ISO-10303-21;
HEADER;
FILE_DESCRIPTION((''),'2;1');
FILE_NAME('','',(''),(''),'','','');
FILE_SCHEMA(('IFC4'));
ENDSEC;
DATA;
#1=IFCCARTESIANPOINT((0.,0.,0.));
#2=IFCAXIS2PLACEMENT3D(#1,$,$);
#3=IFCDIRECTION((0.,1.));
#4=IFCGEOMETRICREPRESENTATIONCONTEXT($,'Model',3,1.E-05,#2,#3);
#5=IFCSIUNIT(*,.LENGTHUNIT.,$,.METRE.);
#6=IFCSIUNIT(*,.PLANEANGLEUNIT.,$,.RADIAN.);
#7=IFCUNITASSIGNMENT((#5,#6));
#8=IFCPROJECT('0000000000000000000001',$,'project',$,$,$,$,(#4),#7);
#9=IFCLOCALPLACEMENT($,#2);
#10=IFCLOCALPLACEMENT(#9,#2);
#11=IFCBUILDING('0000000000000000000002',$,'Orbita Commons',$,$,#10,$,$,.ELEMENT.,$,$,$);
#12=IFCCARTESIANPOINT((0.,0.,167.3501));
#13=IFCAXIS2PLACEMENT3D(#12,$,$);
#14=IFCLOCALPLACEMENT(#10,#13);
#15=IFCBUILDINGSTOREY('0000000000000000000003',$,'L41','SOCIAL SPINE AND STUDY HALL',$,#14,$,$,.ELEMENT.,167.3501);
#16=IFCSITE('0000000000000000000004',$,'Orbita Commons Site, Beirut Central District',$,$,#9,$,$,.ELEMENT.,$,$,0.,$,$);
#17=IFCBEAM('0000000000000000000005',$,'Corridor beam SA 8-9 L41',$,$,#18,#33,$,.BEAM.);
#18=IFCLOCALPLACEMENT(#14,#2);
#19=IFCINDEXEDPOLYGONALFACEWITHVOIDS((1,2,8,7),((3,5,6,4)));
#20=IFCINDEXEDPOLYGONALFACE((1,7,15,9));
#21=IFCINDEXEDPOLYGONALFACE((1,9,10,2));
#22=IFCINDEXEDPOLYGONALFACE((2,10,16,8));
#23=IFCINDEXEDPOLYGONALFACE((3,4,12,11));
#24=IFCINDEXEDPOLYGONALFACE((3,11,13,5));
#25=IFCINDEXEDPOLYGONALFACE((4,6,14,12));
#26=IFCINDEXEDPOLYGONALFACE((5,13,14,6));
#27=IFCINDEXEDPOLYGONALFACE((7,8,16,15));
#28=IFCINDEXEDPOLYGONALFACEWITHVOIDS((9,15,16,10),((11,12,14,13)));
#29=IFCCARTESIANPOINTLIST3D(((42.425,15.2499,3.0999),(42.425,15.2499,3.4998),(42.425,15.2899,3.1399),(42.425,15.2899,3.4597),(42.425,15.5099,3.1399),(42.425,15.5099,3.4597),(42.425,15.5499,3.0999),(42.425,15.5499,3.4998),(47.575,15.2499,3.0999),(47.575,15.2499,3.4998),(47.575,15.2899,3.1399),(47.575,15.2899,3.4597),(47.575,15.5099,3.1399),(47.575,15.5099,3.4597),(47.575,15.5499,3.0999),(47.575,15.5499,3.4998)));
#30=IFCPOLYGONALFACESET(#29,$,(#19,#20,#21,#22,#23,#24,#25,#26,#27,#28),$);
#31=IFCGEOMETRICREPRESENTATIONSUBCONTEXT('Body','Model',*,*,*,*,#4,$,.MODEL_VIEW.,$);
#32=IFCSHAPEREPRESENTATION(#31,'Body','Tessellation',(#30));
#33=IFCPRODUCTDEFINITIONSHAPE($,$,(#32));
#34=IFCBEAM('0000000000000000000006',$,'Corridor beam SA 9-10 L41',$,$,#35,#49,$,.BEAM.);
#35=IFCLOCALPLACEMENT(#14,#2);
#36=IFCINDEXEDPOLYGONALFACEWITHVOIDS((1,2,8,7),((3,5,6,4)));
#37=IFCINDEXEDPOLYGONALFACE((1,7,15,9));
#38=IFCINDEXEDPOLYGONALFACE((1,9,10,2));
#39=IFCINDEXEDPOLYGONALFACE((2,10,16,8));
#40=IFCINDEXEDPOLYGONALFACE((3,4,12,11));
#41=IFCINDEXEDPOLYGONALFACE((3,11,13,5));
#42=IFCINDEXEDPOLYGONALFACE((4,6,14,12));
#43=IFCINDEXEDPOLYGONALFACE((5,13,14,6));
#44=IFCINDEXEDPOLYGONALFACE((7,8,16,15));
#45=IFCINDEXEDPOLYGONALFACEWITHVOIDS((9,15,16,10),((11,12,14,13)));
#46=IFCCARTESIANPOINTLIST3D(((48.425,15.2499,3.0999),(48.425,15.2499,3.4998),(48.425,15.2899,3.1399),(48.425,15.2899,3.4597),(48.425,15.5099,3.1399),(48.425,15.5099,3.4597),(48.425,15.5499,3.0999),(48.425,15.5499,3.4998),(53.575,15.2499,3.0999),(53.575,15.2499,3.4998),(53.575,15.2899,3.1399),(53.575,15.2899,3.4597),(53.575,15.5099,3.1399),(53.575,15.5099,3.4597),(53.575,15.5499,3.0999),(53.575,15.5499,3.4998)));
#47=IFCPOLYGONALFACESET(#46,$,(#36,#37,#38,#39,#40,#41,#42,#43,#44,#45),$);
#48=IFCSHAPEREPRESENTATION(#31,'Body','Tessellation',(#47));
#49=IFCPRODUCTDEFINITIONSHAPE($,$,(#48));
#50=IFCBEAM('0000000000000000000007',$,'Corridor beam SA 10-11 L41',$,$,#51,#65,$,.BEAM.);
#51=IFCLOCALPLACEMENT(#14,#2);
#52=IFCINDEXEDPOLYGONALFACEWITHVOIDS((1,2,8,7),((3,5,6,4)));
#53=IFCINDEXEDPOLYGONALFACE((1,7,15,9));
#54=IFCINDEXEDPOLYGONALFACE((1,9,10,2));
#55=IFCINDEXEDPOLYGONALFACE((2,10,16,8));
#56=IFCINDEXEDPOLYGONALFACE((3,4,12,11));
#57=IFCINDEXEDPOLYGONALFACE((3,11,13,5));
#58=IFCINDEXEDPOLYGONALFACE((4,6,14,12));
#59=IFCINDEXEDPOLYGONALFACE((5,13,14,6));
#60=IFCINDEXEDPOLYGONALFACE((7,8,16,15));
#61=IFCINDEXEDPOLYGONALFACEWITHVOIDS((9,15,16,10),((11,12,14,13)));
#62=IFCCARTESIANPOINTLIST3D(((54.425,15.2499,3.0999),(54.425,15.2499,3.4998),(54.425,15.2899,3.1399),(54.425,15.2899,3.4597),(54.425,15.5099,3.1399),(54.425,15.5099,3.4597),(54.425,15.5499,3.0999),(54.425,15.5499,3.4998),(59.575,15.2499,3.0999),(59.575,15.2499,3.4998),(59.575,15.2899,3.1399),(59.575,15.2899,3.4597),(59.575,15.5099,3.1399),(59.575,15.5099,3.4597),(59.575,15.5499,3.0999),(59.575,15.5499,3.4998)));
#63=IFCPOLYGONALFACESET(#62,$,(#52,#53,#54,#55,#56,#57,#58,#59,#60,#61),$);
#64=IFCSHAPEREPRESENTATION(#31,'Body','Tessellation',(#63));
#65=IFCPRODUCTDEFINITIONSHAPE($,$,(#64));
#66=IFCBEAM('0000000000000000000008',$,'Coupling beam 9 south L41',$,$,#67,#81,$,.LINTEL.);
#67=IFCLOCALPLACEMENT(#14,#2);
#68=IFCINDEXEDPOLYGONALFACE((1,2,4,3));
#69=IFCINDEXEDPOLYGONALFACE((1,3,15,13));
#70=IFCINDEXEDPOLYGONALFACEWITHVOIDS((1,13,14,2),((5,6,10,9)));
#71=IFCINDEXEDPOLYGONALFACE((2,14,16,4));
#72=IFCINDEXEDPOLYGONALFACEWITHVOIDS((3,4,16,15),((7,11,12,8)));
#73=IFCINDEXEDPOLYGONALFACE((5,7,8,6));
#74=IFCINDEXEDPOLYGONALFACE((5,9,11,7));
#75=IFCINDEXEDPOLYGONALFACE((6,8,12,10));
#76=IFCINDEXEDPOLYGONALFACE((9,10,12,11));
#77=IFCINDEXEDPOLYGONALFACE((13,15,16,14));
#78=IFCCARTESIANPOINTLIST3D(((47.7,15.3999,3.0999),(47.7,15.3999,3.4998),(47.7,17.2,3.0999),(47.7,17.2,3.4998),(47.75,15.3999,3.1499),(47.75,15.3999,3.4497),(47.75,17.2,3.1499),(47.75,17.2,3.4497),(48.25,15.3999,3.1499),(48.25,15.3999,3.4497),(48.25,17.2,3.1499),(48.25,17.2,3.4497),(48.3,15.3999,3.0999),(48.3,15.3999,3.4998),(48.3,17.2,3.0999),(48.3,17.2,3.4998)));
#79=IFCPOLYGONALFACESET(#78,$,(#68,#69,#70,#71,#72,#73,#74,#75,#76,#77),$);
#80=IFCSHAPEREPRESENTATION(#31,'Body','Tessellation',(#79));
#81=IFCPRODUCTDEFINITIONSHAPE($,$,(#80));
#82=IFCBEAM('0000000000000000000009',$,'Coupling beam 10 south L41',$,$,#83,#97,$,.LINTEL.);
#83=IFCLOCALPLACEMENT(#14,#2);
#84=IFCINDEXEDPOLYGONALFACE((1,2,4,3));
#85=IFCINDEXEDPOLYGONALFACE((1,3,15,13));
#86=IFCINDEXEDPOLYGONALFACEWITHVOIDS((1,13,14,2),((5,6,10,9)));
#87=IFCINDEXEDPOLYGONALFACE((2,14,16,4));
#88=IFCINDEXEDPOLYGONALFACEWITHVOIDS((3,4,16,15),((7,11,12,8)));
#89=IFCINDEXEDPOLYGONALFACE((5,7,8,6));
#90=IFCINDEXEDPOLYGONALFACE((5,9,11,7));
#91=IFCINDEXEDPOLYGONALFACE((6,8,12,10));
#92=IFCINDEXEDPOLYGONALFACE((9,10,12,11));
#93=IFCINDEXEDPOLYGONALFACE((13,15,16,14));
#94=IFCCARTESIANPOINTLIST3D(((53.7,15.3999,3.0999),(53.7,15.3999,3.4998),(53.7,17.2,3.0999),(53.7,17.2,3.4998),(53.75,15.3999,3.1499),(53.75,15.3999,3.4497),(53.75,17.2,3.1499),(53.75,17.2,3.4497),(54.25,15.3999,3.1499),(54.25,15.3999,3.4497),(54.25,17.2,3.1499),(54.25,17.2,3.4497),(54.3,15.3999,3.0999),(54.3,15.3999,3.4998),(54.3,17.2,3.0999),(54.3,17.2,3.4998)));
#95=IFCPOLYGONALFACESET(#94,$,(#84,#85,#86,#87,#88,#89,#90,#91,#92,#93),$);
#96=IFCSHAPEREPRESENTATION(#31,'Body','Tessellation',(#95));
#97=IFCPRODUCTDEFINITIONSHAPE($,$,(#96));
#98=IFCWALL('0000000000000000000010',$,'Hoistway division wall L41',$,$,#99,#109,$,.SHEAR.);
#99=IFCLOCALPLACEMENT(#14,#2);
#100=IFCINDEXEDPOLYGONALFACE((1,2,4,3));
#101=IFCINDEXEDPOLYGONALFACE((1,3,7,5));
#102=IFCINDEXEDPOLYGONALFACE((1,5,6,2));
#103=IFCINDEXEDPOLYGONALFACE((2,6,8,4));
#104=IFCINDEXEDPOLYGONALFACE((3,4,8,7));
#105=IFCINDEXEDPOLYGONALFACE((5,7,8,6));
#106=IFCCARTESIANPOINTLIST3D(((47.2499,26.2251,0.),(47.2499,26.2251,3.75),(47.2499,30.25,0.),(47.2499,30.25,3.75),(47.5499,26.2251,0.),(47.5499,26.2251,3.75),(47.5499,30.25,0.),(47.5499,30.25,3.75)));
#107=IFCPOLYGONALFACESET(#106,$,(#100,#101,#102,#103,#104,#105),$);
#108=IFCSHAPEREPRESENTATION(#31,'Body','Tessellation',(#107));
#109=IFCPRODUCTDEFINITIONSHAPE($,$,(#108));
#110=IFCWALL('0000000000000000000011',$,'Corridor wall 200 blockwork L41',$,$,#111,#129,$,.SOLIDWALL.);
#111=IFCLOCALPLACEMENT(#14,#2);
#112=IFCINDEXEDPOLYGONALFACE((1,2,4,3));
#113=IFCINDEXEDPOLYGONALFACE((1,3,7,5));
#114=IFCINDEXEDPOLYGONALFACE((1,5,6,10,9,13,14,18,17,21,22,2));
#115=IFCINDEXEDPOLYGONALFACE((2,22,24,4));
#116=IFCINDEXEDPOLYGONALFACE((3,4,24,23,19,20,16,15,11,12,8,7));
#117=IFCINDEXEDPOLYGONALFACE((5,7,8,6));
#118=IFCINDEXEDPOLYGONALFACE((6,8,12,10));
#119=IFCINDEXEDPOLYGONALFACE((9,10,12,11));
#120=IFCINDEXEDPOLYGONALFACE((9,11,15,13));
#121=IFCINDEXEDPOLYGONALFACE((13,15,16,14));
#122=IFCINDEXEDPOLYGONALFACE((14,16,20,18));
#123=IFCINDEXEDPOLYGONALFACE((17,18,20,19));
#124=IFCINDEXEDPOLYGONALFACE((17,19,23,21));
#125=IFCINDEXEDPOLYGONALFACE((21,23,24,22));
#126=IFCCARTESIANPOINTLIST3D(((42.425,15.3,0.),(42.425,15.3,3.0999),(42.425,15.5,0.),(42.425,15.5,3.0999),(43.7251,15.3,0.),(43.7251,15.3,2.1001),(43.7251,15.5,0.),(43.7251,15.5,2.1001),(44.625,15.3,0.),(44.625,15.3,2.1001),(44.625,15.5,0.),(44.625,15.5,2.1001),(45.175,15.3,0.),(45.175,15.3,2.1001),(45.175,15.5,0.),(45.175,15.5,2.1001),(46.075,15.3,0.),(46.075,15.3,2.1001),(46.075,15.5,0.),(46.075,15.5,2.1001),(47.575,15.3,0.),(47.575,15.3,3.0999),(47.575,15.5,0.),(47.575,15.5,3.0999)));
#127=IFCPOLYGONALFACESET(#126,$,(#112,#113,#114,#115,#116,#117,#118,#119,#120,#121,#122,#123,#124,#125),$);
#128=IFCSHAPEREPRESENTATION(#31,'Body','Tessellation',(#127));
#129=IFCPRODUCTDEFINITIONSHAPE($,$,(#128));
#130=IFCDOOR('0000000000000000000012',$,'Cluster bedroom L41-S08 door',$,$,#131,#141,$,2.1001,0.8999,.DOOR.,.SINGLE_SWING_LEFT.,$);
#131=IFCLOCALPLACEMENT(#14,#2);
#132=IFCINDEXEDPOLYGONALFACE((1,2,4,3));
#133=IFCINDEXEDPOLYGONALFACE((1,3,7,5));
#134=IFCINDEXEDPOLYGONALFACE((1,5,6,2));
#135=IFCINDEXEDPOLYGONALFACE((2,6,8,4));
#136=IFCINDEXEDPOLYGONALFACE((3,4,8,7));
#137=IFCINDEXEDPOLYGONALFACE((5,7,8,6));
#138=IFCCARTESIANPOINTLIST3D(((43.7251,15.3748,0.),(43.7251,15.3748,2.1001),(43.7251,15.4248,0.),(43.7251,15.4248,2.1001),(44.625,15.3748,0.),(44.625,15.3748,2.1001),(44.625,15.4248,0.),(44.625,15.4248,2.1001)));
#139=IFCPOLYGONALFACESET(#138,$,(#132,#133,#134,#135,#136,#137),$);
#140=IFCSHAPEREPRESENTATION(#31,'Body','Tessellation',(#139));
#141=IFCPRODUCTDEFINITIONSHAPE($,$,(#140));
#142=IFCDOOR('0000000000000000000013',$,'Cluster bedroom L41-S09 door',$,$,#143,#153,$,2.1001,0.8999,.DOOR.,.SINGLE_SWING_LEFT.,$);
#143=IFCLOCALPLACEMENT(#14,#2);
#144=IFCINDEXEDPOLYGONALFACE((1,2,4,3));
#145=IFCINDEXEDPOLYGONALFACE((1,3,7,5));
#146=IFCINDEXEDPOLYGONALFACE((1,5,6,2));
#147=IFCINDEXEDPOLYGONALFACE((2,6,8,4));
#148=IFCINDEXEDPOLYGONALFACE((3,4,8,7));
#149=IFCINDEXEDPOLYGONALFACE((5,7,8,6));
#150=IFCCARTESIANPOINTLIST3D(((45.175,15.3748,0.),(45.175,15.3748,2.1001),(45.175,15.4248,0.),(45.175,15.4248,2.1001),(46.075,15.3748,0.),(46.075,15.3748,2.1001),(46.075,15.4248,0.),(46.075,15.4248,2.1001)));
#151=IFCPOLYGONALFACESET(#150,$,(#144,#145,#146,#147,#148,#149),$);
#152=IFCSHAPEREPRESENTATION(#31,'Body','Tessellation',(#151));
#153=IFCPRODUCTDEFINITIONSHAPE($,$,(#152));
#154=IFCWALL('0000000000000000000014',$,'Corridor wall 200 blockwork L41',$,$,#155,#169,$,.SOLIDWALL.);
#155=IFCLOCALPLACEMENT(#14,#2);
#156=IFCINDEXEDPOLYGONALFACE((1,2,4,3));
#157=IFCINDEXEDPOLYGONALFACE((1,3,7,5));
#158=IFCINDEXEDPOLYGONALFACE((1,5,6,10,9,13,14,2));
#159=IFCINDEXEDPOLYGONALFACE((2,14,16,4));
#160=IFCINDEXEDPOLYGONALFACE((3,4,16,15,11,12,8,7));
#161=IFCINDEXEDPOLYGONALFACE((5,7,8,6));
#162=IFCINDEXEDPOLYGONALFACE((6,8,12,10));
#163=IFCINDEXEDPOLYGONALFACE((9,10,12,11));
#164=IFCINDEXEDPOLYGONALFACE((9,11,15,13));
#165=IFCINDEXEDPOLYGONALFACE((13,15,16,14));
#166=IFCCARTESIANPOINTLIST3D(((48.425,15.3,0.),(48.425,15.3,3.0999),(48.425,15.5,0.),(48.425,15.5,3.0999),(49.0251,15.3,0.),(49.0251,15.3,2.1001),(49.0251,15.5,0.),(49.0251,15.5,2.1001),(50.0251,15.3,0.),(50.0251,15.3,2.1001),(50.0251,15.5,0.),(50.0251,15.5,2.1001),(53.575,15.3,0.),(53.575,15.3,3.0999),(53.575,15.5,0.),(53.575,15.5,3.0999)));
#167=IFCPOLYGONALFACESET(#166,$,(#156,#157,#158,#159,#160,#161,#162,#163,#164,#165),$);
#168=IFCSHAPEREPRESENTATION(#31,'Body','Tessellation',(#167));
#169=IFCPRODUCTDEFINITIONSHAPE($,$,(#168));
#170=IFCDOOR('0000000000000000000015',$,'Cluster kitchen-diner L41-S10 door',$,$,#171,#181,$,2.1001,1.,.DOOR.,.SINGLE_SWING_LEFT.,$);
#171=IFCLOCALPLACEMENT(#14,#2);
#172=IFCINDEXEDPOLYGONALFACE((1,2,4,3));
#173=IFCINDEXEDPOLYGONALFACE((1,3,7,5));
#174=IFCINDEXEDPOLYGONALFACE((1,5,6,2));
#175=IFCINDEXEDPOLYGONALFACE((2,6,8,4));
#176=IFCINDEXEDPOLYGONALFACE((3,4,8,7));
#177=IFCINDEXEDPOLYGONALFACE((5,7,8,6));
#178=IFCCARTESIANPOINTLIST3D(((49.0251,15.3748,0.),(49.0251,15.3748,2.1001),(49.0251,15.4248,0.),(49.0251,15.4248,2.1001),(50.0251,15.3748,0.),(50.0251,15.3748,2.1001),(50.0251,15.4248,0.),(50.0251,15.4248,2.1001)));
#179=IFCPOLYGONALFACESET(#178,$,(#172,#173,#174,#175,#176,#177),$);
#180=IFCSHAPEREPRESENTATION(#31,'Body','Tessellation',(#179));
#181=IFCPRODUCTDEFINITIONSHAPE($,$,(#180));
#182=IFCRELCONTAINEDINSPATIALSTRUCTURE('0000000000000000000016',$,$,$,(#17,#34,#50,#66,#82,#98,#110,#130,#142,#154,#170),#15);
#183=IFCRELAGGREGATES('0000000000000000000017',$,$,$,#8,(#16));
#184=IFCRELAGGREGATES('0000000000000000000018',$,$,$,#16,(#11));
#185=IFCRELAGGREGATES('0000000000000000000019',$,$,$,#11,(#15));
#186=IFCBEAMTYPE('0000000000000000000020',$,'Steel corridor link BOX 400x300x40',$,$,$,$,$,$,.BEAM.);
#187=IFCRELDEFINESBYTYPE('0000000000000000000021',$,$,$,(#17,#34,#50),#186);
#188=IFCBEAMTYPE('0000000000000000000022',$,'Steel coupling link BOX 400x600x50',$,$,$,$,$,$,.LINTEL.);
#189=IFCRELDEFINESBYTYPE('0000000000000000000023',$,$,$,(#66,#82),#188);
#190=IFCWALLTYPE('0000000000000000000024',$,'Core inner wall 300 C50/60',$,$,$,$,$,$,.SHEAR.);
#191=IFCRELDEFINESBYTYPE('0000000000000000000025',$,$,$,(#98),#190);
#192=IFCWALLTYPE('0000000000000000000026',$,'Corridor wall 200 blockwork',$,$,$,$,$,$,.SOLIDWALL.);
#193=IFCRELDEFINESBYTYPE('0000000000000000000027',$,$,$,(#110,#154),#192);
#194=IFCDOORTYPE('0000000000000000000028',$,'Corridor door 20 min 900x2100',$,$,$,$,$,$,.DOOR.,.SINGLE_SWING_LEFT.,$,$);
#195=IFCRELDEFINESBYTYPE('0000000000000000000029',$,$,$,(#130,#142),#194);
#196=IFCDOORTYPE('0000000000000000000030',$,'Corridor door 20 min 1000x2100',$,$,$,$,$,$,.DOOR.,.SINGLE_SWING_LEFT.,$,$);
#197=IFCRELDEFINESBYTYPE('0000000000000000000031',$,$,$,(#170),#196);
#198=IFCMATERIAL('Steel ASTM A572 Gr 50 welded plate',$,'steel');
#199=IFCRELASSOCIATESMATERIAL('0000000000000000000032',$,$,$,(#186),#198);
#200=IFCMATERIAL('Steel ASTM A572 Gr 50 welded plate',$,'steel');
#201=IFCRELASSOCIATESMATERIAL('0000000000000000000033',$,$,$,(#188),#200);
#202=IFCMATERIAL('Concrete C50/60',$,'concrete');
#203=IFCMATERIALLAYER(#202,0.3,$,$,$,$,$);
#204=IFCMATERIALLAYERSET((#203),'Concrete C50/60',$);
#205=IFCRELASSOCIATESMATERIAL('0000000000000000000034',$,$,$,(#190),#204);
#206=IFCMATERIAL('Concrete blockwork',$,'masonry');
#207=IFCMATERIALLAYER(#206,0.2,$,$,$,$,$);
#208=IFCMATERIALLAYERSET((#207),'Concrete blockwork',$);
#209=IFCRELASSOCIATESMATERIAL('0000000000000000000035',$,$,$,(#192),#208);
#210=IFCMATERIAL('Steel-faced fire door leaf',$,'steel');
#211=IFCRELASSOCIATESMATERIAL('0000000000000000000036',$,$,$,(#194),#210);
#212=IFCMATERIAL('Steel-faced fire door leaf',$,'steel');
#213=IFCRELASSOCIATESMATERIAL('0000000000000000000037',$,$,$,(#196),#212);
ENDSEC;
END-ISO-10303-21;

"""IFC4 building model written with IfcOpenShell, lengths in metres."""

from ifc_helpers import new_model, si_unit, direction, frame, frame_2d, origin, origin_2d, place, context, subcontext, project, spatial, polyline, rectangle, hollow_rectangle, outline, extrude, material, layer, layer_set, material_profile, profile_set, type_object, element, fill, save


model = new_model("IFC4")

# Units and contexts
model_context = context("Model", 3, precision=1e-05, world=origin(), true_north=direction((0.0, 1.0)))
body_context = subcontext(model_context, "Body", "Model", "MODEL_VIEW")
ifc_project = project(units=[si_unit("LENGTHUNIT", "METRE"), si_unit("PLANEANGLEUNIT", "RADIAN")], contexts=[model_context])

# Site, building, storey
site_placement = place(None, origin())
site = spatial("IfcSite", under=ifc_project, at=site_placement, Name="Orbita Commons Site, Beirut Central District", CompositionType="ELEMENT", RefElevation=0.0)
building_placement = place(site_placement, origin())
building = spatial("IfcBuilding", under=site, at=building_placement, Name="Orbita Commons", CompositionType="ELEMENT")
storey_placement = place(building_placement, frame((0.0, 0.0, 167.3501)))
storey = spatial("IfcBuildingStorey", under=building, at=storey_placement, Name="L41", Description="SOCIAL SPINE AND STUDY HALL", CompositionType="ELEMENT", Elevation=167.3501)

# Beams
ifc_material_1 = material(Name="Steel ASTM A572 Gr 50 welded plate", Category="steel")
ifc_material_profile_1 = material_profile(ifc_material_1, hollow_rectangle(XDim=0.3, YDim=0.3999, WallThickness=0.04, at=origin_2d()), Name="BOX 400x300x40")
ifc_profile_set_1 = profile_set([ifc_material_profile_1], Name="Steel ASTM A572 Gr 50 welded plate")
beam_type_1 = type_object("IfcBeamType", Name="Steel corridor link BOX 400x300x40", PredefinedType="BEAM", material=ifc_profile_set_1)
for number, where, z_axis, x_axis, name in (
    (1, (42.425, 15.3999, 3.2998), (1.0, 0.0, 0.0), (0.0, 1.0, 0.0), "Corridor beam SA 8-9 L41"),
    (2, (48.425, 15.3999, 3.2998), (1.0, 0.0, 0.0), (0.0, 1.0, 0.0), "Corridor beam SA 9-10 L41"),
    (3, (54.425, 15.3999, 3.2998), (1.0, 0.0, 0.0), (0.0, 1.0, 0.0), "Corridor beam SA 10-11 L41"),
):
    element("IfcBeam", number, at=place(storey_placement, frame(where, z_axis=z_axis, x_axis=x_axis)), inside=storey, type_object=beam_type_1, Name=name, PredefinedType="BEAM", context=body_context, shape_type="SweptSolid", body=[
        extrude(hollow_rectangle(XDim=0.3, YDim=0.3999, WallThickness=0.04, at=origin_2d()), origin(), (0.0, 0.0, 1.0), 5.1499),
    ])
ifc_material_2 = material(Name="Steel ASTM A572 Gr 50 welded plate", Category="steel")
ifc_material_profile_2 = material_profile(ifc_material_2, hollow_rectangle(XDim=0.6001, YDim=0.3999, WallThickness=0.05, at=origin_2d()), Name="BOX 400x600x50")
ifc_profile_set_2 = profile_set([ifc_material_profile_2], Name="Steel ASTM A572 Gr 50 welded plate")
beam_type_2 = type_object("IfcBeamType", Name="Steel coupling link BOX 400x600x50", PredefinedType="LINTEL", material=ifc_profile_set_2)
for number, where, z_axis, x_axis, name in (
    (4, (48.0, 15.3999, 3.2998), (0.0, 1.0, 0.0), (-1.0, 0.0, 0.0), "Coupling beam 9 south L41"),
    (5, (54.0, 15.3999, 3.2998), (0.0, 1.0, 0.0), (-1.0, 0.0, 0.0), "Coupling beam 10 south L41"),
):
    element("IfcBeam", number, at=place(storey_placement, frame(where, z_axis=z_axis, x_axis=x_axis)), inside=storey, type_object=beam_type_2, Name=name, PredefinedType="LINTEL", context=body_context, shape_type="SweptSolid", body=[
        extrude(hollow_rectangle(XDim=0.6001, YDim=0.3999, WallThickness=0.05, at=origin_2d()), origin(), (0.0, 0.0, 1.0), 1.8),
    ])

# Wall
ifc_material_3 = material(Name="Concrete C50/60", Category="concrete")
ifc_layer_1 = layer(ifc_material_3, 0.3)
ifc_layer_set_1 = layer_set([ifc_layer_1], Name="Concrete C50/60")
wall_type_1 = type_object("IfcWallType", Name="Core inner wall 300 C50/60", PredefinedType="SHEAR", material=ifc_layer_set_1)
wall_1_placement = place(storey_placement, frame((47.3999, 26.2251, 0.0), z_axis=(0.0, 0.0, 1.0), x_axis=(0.0, 1.0, 0.0)))
element("IfcWall", 6, at=wall_1_placement, inside=storey, type_object=wall_type_1, Name="Hoistway division wall L41", PredefinedType="SHEAR", context=body_context, shape_type="SweptSolid", body=[
    extrude(rectangle(XDim=4.0249, YDim=0.3, at=frame_2d((2.0125, 0.0))), origin(), (0.0, 0.0, 1.0), 3.75),
])

# Wall, openings, doors
ifc_material_4 = material(Name="Concrete blockwork", Category="masonry")
ifc_layer_2 = layer(ifc_material_4, 0.2)
ifc_layer_set_2 = layer_set([ifc_layer_2], Name="Concrete blockwork")
wall_type_2 = type_object("IfcWallType", Name="Corridor wall 200 blockwork", PredefinedType="SOLIDWALL", material=ifc_layer_set_2)
wall_2_placement = place(storey_placement, frame((42.425, 15.3999, 0.0), z_axis=(0.0, 0.0, 1.0), x_axis=(1.0, 0.0, 0.0)))
wall_2 = element("IfcWall", 7, at=wall_2_placement, inside=storey, type_object=wall_type_2, Name="Corridor wall 200 blockwork L41", PredefinedType="SOLIDWALL", context=body_context, shape_type="SweptSolid", body=[
    extrude(outline(polyline([(0.0, 0.0), (5.1499, 0.0), (5.1499, 3.0999), (0.0, 3.0999), (0.0, 0.0)])), frame((0.0, 0.1001, 0.0), z_axis=(0.0, -1.0, 0.0), x_axis=(1.0, 0.0, 0.0)), (0.0, 0.0, 1.0), 0.2),
])
opening_1_placement = place(wall_2_placement, frame((1.3, 0.0, 0.0)))
opening_1 = element("IfcOpeningElement", 8, at=opening_1_placement, cuts=wall_2, PredefinedType="OPENING", context=body_context, shape_type="SweptSolid", body=[
    extrude(rectangle(XDim=0.8999, YDim=2.1001, at=frame_2d((0.45, 1.05))), frame((0.0, 0.1099, 0.0), z_axis=(0.0, -1.0, 0.0), x_axis=(1.0, 0.0, 0.0)), (0.0, 0.0, 1.0), 0.22),
])
opening_2_placement = place(wall_2_placement, frame((2.75, 0.0, 0.0)))
opening_2 = element("IfcOpeningElement", 9, at=opening_2_placement, cuts=wall_2, PredefinedType="OPENING", context=body_context, shape_type="SweptSolid", body=[
    extrude(rectangle(XDim=0.8999, YDim=2.1001, at=frame_2d((0.45, 1.05))), frame((0.0, 0.1099, 0.0), z_axis=(0.0, -1.0, 0.0), x_axis=(1.0, 0.0, 0.0)), (0.0, 0.0, 1.0), 0.22),
])
ifc_material_5 = material(Name="Steel-faced fire door leaf", Category="steel")
door_type_1 = type_object("IfcDoorType", Name="Corridor door 20 min 900x2100", OperationType="SINGLE_SWING_LEFT", PredefinedType="DOOR", material=ifc_material_5)
door_1_placement = place(opening_1_placement, origin())
door_1 = element("IfcDoor", 10, at=door_1_placement, inside=storey, type_object=door_type_1, Name="Cluster bedroom L41-S08 door", OperationType="SINGLE_SWING_LEFT", OverallHeight=2.1001, OverallWidth=0.8999, PredefinedType="DOOR", context=body_context, shape_type="SweptSolid", body=[
    extrude(rectangle(XDim=0.8999, YDim=2.1001, at=frame_2d((0.45, 1.05))), frame((0.0, 0.0249, 0.0), z_axis=(0.0, -1.0, 0.0), x_axis=(1.0, 0.0, 0.0)), (0.0, 0.0, 1.0), 0.05),
])
fill(opening_1, door_1)
door_2_placement = place(opening_2_placement, origin())
door_2 = element("IfcDoor", 11, at=door_2_placement, inside=storey, type_object=door_type_1, Name="Cluster bedroom L41-S09 door", OperationType="SINGLE_SWING_LEFT", OverallHeight=2.1001, OverallWidth=0.8999, PredefinedType="DOOR", context=body_context, shape_type="SweptSolid", body=[
    extrude(rectangle(XDim=0.8999, YDim=2.1001, at=frame_2d((0.45, 1.05))), frame((0.0, 0.0249, 0.0), z_axis=(0.0, -1.0, 0.0), x_axis=(1.0, 0.0, 0.0)), (0.0, 0.0, 1.0), 0.05),
])
fill(opening_2, door_2)

# Wall, opening, door
wall_3_placement = place(storey_placement, frame((48.425, 15.3999, 0.0), z_axis=(0.0, 0.0, 1.0), x_axis=(1.0, 0.0, 0.0)))
wall_3 = element("IfcWall", 12, at=wall_3_placement, inside=storey, type_object=wall_type_2, Name="Corridor wall 200 blockwork L41", PredefinedType="SOLIDWALL", context=body_context, shape_type="SweptSolid", body=[
    extrude(outline(polyline([(0.0, 0.0), (5.1499, 0.0), (5.1499, 3.0999), (0.0, 3.0999), (0.0, 0.0)])), frame((0.0, 0.1001, 0.0), z_axis=(0.0, -1.0, 0.0), x_axis=(1.0, 0.0, 0.0)), (0.0, 0.0, 1.0), 0.2),
])
opening_3_placement = place(wall_3_placement, frame((0.6001, 0.0, 0.0)))
opening_3 = element("IfcOpeningElement", 13, at=opening_3_placement, cuts=wall_3, PredefinedType="OPENING", context=body_context, shape_type="SweptSolid", body=[
    extrude(rectangle(XDim=1.0, YDim=2.1001, at=frame_2d((0.5, 1.05))), frame((0.0, 0.1099, 0.0), z_axis=(0.0, -1.0, 0.0), x_axis=(1.0, 0.0, 0.0)), (0.0, 0.0, 1.0), 0.22),
])
ifc_material_6 = material(Name="Steel-faced fire door leaf", Category="steel")
door_type_2 = type_object("IfcDoorType", Name="Corridor door 20 min 1000x2100", OperationType="SINGLE_SWING_LEFT", PredefinedType="DOOR", material=ifc_material_6)
door_3_placement = place(opening_3_placement, origin())
door_3 = element("IfcDoor", 14, at=door_3_placement, inside=storey, type_object=door_type_2, Name="Cluster kitchen-diner L41-S10 door", OperationType="SINGLE_SWING_LEFT", OverallHeight=2.1001, OverallWidth=1.0, PredefinedType="DOOR", context=body_context, shape_type="SweptSolid", body=[
    extrude(rectangle(XDim=1.0, YDim=2.1001, at=frame_2d((0.5, 1.05))), frame((0.0, 0.0249, 0.0), z_axis=(0.0, -1.0, 0.0), x_axis=(1.0, 0.0, 0.0)), (0.0, 0.0, 1.0), 0.05),
])
fill(opening_3, door_3)

save(model, "model.ifc")
